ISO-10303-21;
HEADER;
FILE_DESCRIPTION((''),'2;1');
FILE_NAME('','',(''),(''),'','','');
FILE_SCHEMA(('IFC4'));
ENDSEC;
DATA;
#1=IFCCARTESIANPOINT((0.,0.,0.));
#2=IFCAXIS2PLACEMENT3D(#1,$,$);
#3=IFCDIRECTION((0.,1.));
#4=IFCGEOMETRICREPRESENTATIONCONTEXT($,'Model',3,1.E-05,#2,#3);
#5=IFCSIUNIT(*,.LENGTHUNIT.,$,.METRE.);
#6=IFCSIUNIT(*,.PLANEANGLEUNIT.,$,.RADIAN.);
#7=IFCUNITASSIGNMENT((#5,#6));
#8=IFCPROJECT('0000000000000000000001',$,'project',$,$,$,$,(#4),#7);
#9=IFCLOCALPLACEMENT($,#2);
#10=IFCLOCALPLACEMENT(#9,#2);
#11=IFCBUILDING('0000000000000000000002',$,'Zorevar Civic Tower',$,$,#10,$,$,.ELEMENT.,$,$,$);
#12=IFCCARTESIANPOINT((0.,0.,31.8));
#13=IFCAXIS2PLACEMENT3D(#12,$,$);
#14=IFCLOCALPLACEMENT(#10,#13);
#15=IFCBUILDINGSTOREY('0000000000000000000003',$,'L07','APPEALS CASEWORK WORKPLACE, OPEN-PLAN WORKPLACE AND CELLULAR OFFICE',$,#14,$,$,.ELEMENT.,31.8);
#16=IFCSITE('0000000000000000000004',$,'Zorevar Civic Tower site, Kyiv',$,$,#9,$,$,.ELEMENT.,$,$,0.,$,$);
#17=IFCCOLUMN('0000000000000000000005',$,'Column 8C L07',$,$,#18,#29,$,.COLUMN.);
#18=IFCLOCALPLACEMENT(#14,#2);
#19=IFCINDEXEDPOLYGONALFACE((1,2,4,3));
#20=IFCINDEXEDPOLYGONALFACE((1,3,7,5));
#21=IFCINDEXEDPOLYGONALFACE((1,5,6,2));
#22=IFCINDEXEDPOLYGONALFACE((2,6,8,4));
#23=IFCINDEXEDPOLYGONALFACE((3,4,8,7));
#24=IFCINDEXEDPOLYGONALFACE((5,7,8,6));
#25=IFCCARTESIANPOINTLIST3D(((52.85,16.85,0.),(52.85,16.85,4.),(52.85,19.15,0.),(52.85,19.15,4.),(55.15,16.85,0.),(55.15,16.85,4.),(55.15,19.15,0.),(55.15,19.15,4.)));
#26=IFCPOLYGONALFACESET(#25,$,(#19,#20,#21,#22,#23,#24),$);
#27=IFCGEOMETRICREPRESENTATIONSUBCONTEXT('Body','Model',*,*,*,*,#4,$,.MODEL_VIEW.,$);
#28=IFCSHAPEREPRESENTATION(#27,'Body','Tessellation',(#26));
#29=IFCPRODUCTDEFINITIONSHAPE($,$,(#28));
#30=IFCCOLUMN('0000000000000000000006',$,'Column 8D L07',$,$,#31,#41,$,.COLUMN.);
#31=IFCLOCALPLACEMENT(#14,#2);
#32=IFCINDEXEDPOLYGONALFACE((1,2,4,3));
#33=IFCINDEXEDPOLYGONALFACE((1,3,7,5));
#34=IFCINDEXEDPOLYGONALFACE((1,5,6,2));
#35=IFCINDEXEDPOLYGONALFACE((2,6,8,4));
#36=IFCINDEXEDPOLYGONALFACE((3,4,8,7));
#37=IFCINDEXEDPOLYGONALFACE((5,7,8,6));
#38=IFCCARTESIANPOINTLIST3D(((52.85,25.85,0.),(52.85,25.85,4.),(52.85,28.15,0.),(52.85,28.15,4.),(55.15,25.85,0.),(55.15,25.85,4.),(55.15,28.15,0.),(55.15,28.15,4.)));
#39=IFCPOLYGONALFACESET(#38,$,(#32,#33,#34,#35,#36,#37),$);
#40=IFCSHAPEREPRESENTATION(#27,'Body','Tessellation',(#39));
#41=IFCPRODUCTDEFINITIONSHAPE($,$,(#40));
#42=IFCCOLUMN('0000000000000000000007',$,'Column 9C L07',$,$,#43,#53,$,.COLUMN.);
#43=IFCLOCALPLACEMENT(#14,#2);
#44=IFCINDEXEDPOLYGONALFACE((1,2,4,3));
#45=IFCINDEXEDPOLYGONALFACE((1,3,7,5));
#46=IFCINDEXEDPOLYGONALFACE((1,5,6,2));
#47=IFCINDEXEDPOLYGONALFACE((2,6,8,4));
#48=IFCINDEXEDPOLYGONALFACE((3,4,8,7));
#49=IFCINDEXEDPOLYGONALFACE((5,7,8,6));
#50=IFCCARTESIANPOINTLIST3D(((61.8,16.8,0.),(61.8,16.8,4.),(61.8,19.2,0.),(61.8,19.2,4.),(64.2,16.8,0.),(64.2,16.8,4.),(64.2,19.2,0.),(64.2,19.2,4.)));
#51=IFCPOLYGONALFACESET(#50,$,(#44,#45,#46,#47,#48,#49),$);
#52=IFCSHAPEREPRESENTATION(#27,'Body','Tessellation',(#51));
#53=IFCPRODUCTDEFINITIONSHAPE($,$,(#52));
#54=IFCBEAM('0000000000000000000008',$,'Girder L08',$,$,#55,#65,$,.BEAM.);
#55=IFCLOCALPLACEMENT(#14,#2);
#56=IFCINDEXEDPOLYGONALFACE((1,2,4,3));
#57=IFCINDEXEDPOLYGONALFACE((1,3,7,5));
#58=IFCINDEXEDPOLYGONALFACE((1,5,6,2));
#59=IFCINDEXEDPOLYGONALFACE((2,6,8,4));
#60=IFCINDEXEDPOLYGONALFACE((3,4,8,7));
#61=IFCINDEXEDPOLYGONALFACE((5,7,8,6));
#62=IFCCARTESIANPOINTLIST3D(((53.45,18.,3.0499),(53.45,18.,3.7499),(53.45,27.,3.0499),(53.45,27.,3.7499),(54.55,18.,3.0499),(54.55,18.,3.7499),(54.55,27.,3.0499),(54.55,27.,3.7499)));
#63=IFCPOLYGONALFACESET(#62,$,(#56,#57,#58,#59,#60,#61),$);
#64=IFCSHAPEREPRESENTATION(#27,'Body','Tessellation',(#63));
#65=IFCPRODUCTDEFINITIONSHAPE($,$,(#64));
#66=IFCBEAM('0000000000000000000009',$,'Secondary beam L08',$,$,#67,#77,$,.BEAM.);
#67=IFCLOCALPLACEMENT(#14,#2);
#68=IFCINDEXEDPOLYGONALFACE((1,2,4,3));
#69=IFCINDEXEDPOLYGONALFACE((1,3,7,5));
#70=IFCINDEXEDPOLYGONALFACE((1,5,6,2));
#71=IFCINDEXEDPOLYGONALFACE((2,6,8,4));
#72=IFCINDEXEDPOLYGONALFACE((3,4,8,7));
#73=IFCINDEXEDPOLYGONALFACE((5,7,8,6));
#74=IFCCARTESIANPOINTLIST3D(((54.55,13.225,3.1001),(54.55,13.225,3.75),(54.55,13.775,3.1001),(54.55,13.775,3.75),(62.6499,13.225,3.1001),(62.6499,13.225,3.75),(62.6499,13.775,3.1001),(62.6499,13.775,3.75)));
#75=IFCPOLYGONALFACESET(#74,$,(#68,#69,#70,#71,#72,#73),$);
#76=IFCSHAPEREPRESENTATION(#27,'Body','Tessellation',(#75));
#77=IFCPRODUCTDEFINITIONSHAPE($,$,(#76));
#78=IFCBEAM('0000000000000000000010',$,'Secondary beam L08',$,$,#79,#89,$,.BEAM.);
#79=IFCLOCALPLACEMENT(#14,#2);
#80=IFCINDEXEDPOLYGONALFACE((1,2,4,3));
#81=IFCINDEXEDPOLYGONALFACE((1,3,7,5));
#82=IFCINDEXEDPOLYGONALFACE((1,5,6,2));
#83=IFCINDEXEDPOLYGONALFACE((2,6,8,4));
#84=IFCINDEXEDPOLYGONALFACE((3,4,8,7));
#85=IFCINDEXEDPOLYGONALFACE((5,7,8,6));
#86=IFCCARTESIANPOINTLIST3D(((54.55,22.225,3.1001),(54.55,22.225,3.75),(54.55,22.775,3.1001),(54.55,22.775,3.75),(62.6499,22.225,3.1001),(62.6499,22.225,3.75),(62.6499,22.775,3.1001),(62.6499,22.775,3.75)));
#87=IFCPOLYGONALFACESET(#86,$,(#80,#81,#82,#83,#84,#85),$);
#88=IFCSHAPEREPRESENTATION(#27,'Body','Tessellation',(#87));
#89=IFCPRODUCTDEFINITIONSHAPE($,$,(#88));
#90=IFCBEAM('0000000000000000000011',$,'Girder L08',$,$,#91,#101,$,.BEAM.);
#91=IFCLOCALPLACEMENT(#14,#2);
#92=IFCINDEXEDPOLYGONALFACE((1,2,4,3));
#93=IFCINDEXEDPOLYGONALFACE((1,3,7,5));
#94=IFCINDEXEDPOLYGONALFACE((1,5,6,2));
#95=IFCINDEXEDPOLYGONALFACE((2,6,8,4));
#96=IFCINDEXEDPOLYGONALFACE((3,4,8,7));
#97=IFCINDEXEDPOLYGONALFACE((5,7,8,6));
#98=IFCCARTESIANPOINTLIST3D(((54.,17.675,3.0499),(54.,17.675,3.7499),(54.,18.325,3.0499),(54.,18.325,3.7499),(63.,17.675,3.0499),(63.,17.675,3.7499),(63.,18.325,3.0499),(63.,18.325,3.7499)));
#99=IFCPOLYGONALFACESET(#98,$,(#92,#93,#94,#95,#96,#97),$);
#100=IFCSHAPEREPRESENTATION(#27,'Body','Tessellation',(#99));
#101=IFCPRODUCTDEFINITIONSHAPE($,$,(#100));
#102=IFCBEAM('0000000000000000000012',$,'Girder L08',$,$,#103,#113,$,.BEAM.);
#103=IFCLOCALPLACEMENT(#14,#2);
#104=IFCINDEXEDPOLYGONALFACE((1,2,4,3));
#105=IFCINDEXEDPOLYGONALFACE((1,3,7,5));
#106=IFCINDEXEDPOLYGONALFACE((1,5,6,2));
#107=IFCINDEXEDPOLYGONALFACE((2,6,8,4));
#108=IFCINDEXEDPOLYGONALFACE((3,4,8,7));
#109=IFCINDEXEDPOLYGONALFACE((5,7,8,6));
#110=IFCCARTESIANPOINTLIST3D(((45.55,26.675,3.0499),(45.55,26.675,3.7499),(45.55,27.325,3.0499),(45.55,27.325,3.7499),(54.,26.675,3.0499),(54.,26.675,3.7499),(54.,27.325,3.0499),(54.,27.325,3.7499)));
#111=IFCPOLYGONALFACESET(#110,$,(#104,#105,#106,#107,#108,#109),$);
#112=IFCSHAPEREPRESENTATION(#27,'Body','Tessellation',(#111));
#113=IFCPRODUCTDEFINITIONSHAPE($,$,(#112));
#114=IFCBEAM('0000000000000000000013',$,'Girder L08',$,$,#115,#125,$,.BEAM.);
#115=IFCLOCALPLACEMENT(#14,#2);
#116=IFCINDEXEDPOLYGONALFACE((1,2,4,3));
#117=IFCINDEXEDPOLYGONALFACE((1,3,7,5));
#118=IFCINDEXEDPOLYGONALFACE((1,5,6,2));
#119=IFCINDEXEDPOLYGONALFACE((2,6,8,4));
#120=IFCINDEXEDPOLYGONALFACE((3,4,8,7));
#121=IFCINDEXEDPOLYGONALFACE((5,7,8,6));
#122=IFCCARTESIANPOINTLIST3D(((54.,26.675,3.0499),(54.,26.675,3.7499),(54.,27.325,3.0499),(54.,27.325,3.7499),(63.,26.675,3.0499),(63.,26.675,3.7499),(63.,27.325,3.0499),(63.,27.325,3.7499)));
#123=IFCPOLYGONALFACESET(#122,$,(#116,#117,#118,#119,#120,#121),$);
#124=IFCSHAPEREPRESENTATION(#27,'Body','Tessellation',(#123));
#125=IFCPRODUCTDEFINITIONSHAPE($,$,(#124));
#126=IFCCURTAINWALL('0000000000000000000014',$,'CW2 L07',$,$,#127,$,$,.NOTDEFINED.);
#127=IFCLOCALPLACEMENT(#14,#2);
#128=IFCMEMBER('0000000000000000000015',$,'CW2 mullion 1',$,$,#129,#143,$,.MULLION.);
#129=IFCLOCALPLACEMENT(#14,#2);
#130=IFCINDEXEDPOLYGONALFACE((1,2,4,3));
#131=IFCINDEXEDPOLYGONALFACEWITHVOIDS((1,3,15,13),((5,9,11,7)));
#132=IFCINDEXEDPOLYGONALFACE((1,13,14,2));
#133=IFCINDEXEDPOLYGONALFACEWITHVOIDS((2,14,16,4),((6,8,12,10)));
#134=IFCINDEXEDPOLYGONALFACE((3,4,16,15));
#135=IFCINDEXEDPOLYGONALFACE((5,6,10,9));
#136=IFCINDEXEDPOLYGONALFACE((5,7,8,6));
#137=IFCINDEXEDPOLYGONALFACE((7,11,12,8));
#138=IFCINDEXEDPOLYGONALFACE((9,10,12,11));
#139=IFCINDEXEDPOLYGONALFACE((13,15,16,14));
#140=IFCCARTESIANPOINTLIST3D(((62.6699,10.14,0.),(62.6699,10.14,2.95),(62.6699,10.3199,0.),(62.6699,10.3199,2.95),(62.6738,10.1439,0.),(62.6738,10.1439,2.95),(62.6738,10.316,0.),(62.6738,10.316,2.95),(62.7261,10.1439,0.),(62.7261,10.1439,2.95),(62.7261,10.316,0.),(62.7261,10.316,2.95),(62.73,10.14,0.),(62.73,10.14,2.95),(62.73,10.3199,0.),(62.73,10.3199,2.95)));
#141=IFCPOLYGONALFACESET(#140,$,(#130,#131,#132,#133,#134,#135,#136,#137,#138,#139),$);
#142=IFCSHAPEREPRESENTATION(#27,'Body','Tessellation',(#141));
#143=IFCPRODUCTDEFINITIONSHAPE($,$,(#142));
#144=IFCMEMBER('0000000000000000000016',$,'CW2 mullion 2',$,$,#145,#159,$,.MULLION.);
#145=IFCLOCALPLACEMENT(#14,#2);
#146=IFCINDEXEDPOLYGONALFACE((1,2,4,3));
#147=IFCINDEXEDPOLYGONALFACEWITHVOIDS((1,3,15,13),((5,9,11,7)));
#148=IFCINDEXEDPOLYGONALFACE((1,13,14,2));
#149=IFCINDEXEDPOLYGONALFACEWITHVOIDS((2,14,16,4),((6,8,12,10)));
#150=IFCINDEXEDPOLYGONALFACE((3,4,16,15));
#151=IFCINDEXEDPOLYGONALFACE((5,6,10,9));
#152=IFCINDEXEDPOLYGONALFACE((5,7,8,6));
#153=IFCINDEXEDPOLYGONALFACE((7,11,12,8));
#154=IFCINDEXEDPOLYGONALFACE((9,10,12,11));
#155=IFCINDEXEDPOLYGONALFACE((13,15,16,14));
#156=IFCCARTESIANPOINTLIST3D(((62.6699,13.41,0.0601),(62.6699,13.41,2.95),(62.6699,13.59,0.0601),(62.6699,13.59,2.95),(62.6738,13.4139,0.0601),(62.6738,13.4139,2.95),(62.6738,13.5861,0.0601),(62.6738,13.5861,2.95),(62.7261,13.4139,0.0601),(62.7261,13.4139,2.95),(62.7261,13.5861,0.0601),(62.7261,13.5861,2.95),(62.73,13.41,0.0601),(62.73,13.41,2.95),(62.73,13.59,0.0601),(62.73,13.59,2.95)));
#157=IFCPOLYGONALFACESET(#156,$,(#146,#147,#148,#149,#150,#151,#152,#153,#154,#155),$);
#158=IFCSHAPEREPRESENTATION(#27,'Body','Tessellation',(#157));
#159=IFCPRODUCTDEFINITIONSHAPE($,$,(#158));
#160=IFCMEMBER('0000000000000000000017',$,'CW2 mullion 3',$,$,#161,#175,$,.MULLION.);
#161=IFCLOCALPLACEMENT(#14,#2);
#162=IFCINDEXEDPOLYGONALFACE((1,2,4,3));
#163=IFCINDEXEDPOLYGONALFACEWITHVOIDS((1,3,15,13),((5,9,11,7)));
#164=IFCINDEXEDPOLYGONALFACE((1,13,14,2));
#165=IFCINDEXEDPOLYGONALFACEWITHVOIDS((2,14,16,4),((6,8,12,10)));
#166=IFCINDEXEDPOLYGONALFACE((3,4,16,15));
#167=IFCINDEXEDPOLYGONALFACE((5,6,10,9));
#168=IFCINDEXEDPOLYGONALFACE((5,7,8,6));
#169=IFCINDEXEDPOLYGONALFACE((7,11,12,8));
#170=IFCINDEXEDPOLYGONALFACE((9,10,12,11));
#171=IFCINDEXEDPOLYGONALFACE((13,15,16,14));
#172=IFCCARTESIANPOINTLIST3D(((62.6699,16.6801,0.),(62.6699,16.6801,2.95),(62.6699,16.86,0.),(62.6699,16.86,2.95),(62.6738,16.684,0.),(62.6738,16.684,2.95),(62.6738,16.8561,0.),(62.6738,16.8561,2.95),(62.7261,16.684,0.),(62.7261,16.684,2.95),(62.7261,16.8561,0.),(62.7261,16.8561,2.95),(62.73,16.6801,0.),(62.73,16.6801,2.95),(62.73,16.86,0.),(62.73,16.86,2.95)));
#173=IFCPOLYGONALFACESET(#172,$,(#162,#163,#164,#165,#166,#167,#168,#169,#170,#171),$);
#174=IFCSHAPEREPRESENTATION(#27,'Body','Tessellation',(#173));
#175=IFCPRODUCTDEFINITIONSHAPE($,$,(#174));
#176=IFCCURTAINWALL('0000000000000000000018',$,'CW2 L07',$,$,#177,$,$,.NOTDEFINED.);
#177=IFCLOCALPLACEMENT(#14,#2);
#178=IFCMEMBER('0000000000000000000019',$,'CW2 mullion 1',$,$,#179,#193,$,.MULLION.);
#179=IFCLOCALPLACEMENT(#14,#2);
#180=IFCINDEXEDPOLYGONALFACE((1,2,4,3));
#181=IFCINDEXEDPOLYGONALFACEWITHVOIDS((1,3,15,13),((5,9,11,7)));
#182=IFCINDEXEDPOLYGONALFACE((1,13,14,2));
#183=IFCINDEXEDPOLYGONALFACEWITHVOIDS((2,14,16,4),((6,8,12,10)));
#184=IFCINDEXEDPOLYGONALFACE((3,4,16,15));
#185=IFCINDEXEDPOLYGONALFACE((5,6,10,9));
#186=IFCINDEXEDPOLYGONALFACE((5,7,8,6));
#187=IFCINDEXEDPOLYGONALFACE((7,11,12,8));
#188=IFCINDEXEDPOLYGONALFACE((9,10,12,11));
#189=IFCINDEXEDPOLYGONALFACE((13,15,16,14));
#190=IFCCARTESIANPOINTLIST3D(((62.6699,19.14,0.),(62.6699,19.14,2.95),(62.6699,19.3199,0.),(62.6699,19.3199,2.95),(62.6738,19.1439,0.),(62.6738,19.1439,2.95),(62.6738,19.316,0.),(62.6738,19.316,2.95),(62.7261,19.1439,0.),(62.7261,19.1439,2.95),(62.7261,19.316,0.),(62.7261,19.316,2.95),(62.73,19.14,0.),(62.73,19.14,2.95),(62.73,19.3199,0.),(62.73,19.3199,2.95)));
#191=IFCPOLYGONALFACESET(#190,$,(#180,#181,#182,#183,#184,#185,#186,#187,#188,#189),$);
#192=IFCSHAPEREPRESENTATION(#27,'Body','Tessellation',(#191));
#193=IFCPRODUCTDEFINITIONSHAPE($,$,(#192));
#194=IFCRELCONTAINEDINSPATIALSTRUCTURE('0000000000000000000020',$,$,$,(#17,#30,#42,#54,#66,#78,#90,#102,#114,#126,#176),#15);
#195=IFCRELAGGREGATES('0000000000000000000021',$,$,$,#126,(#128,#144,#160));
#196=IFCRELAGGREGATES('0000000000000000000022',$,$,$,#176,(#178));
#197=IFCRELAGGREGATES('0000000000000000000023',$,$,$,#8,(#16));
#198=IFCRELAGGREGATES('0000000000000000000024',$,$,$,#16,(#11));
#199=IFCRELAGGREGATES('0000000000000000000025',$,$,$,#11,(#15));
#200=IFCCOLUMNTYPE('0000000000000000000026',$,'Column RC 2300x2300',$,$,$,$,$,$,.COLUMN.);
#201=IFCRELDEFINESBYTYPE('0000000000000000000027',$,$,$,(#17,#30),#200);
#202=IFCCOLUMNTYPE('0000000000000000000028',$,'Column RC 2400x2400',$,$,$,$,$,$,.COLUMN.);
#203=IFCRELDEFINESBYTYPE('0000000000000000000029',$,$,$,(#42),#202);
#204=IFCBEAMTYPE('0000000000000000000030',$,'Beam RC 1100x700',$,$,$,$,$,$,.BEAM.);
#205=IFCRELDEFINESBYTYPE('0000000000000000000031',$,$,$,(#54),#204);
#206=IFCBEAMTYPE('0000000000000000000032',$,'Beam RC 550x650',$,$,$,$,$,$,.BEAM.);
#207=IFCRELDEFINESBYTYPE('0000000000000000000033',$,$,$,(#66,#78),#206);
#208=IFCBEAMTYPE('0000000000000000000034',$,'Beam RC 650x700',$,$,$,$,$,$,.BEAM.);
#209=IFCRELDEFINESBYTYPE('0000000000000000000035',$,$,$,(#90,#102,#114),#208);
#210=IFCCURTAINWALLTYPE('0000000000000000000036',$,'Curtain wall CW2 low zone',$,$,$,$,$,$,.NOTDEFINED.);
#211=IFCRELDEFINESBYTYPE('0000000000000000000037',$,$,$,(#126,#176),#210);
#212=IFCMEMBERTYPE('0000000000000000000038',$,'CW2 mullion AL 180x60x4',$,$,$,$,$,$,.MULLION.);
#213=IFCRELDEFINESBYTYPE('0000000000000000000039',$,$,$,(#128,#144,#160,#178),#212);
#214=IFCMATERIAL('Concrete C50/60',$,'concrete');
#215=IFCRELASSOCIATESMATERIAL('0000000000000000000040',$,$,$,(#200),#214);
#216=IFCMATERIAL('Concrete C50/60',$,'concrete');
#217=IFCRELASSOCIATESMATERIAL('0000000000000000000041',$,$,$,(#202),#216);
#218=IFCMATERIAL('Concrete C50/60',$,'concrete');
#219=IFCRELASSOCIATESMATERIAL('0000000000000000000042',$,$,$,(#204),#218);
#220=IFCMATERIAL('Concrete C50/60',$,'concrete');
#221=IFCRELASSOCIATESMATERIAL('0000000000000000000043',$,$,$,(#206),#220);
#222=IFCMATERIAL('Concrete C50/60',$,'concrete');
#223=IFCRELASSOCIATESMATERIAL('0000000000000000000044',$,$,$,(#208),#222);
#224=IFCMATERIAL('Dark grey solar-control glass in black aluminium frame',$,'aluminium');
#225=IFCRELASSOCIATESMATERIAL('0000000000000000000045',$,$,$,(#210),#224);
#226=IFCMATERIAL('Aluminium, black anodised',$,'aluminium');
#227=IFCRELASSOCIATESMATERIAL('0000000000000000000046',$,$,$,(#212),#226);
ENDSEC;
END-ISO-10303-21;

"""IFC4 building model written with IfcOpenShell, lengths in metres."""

from ifc_helpers import new_model, si_unit, direction, frame, origin, origin_2d, place, context, subcontext, project, spatial, rectangle, hollow_rectangle, extrude, material, material_profile, profile_set, type_object, element, aggregate, save


model = new_model("IFC4")

# Units and contexts
model_context = context("Model", 3, precision=1e-05, world=origin(), true_north=direction((0.0, 1.0)))
body_context = subcontext(model_context, "Body", "Model", "MODEL_VIEW")
ifc_project = project(units=[si_unit("LENGTHUNIT", "METRE"), si_unit("PLANEANGLEUNIT", "RADIAN")], contexts=[model_context])

# Site, building, storey
site_placement = place(None, origin())
site = spatial("IfcSite", under=ifc_project, at=site_placement, Name="Zorevar Civic Tower site, Kyiv", CompositionType="ELEMENT", RefElevation=0.0)
building_placement = place(site_placement, origin())
building = spatial("IfcBuilding", under=site, at=building_placement, Name="Zorevar Civic Tower", CompositionType="ELEMENT")
storey_placement = place(building_placement, frame((0.0, 0.0, 31.8)))
storey = spatial("IfcBuildingStorey", under=building, at=storey_placement, Name="L07", Description="APPEALS CASEWORK WORKPLACE, OPEN-PLAN WORKPLACE AND CELLULAR OFFICE", CompositionType="ELEMENT", Elevation=31.8)

# Columns
ifc_material_1 = material(Name="Concrete C50/60", Category="concrete")
ifc_material_profile_1 = material_profile(ifc_material_1, rectangle(XDim=2.3, YDim=2.3, at=origin_2d()), Name="RC 2300x2300")
ifc_profile_set_1 = profile_set([ifc_material_profile_1], Name="Concrete C50/60")
column_type_1 = type_object("IfcColumnType", Name="Column RC 2300x2300", PredefinedType="COLUMN", material=ifc_profile_set_1)
for number, where, z_axis, x_axis, name in (
    (1, (54.0, 18.0, 0.0), (0.0, 0.0, 1.0), (1.0, 0.0, 0.0), "Column 8C L07"),
    (2, (54.0, 27.0, 0.0), (0.0, 0.0, 1.0), (1.0, 0.0, 0.0), "Column 8D L07"),
):
    element("IfcColumn", number, at=place(storey_placement, frame(where, z_axis=z_axis, x_axis=x_axis)), inside=storey, type_object=column_type_1, Name=name, PredefinedType="COLUMN", context=body_context, shape_type="SweptSolid", body=[
        extrude(rectangle(XDim=2.3, YDim=2.3, at=origin_2d()), origin(), (0.0, 0.0, 1.0), 4.0),
    ])
ifc_material_2 = material(Name="Concrete C50/60", Category="concrete")
ifc_material_profile_2 = material_profile(ifc_material_2, rectangle(XDim=2.3999, YDim=2.3999, at=origin_2d()), Name="RC 2400x2400")
ifc_profile_set_2 = profile_set([ifc_material_profile_2], Name="Concrete C50/60")
column_type_2 = type_object("IfcColumnType", Name="Column RC 2400x2400", PredefinedType="COLUMN", material=ifc_profile_set_2)
column_placement = place(storey_placement, frame((63.0, 18.0, 0.0), z_axis=(0.0, 0.0, 1.0), x_axis=(1.0, 0.0, 0.0)))
element("IfcColumn", 3, at=column_placement, inside=storey, type_object=column_type_2, Name="Column 9C L07", PredefinedType="COLUMN", context=body_context, shape_type="SweptSolid", body=[
    extrude(rectangle(XDim=2.3999, YDim=2.3999, at=origin_2d()), origin(), (0.0, 0.0, 1.0), 4.0),
])

# Beams
ifc_material_3 = material(Name="Concrete C50/60", Category="concrete")
ifc_material_profile_3 = material_profile(ifc_material_3, rectangle(XDim=1.1001, YDim=0.7, at=origin_2d()), Name="RC 1100x700")
ifc_profile_set_3 = profile_set([ifc_material_profile_3], Name="Concrete C50/60")
beam_type_1 = type_object("IfcBeamType", Name="Beam RC 1100x700", PredefinedType="BEAM", material=ifc_profile_set_3)
beam_1_placement = place(storey_placement, frame((54.0, 18.0, 3.3999), z_axis=(0.0, 1.0, 0.0), x_axis=(-1.0, 0.0, 0.0)))
element("IfcBeam", 4, at=beam_1_placement, inside=storey, type_object=beam_type_1, Name="Girder L08", PredefinedType="BEAM", context=body_context, shape_type="SweptSolid", body=[
    extrude(rectangle(XDim=1.1001, YDim=0.7, at=origin_2d()), origin(), (0.0, 0.0, 1.0), 9.0),
])
ifc_material_4 = material(Name="Concrete C50/60", Category="concrete")
ifc_material_profile_4 = material_profile(ifc_material_4, rectangle(XDim=0.55, YDim=0.6499, at=origin_2d()), Name="RC 550x650")
ifc_profile_set_4 = profile_set([ifc_material_profile_4], Name="Concrete C50/60")
beam_type_2 = type_object("IfcBeamType", Name="Beam RC 550x650", PredefinedType="BEAM", material=ifc_profile_set_4)
for number, where, z_axis, x_axis, name in (
    (5, (54.55, 13.5, 3.425), (1.0, 0.0, 0.0), (0.0, 1.0, 0.0), "Secondary beam L08"),
    (6, (54.55, 22.5, 3.425), (1.0, 0.0, 0.0), (0.0, 1.0, 0.0), "Secondary beam L08"),
):
    element("IfcBeam", number, at=place(storey_placement, frame(where, z_axis=z_axis, x_axis=x_axis)), inside=storey, type_object=beam_type_2, Name=name, PredefinedType="BEAM", context=body_context, shape_type="SweptSolid", body=[
        extrude(rectangle(XDim=0.55, YDim=0.6499, at=origin_2d()), origin(), (0.0, 0.0, 1.0), 8.0999),
    ])
ifc_material_5 = material(Name="Concrete C50/60", Category="concrete")
ifc_material_profile_5 = material_profile(ifc_material_5, rectangle(XDim=0.6499, YDim=0.7, at=origin_2d()), Name="RC 650x700")
ifc_profile_set_5 = profile_set([ifc_material_profile_5], Name="Concrete C50/60")
beam_type_3 = type_object("IfcBeamType", Name="Beam RC 650x700", PredefinedType="BEAM", material=ifc_profile_set_5)
beam_2_placement = place(storey_placement, frame((54.0, 18.0, 3.3999), z_axis=(1.0, 0.0, 0.0), x_axis=(0.0, 1.0, 0.0)))
element("IfcBeam", 7, at=beam_2_placement, inside=storey, type_object=beam_type_3, Name="Girder L08", PredefinedType="BEAM", context=body_context, shape_type="SweptSolid", body=[
    extrude(rectangle(XDim=0.6499, YDim=0.7, at=origin_2d()), origin(), (0.0, 0.0, 1.0), 9.0),
])
beam_3_placement = place(storey_placement, frame((45.55, 27.0, 3.3999), z_axis=(1.0, 0.0, 0.0), x_axis=(0.0, 1.0, 0.0)))
element("IfcBeam", 8, at=beam_3_placement, inside=storey, type_object=beam_type_3, Name="Girder L08", PredefinedType="BEAM", context=body_context, shape_type="SweptSolid", body=[
    extrude(rectangle(XDim=0.6499, YDim=0.7, at=origin_2d()), origin(), (0.0, 0.0, 1.0), 8.45),
])
beam_4_placement = place(storey_placement, frame((54.0, 27.0, 3.3999), z_axis=(1.0, 0.0, 0.0), x_axis=(0.0, 1.0, 0.0)))
element("IfcBeam", 9, at=beam_4_placement, inside=storey, type_object=beam_type_3, Name="Girder L08", PredefinedType="BEAM", context=body_context, shape_type="SweptSolid", body=[
    extrude(rectangle(XDim=0.6499, YDim=0.7, at=origin_2d()), origin(), (0.0, 0.0, 1.0), 9.0),
])

# Curtain walls, members
ifc_material_6 = material(Name="Dark grey solar-control glass in black aluminium frame", Category="aluminium")
curtain_wall_type = type_object("IfcCurtainWallType", Name="Curtain wall CW2 low zone", PredefinedType="NOTDEFINED", material=ifc_material_6)
curtain_wall_1_placement = place(storey_placement, origin())
curtain_wall_1 = element("IfcCurtainWall", 10, at=curtain_wall_1_placement, inside=storey, type_object=curtain_wall_type, Name="CW2 L07", PredefinedType="NOTDEFINED")
ifc_material_7 = material(Name="Aluminium, black anodised", Category="aluminium")
ifc_material_profile_6 = material_profile(ifc_material_7, hollow_rectangle(XDim=0.0601, YDim=0.1799, WallThickness=0.0039, at=origin_2d()), Name="AL 180x60x4")
ifc_profile_set_6 = profile_set([ifc_material_profile_6], Name="Aluminium, black anodised")
member_type_1 = type_object("IfcMemberType", Name="CW2 mullion AL 180x60x4", PredefinedType="MULLION", material=ifc_profile_set_6)
member_1_placement = place(storey_placement, frame((62.7, 10.23, 0.0), z_axis=(0.0, 0.0, 1.0), x_axis=(-1.0, 0.0, 0.0)))
member_1 = element("IfcMember", 11, at=member_1_placement, type_object=member_type_1, Name="CW2 mullion 1", PredefinedType="MULLION", context=body_context, shape_type="SweptSolid", body=[
    extrude(hollow_rectangle(XDim=0.0601, YDim=0.1799, WallThickness=0.0039, at=origin_2d()), origin(), (0.0, 0.0, 1.0), 2.95),
])
member_2_placement = place(storey_placement, frame((62.7, 13.5, 0.0601), z_axis=(0.0, 0.0, 1.0), x_axis=(-1.0, 0.0, 0.0)))
member_2 = element("IfcMember", 12, at=member_2_placement, type_object=member_type_1, Name="CW2 mullion 2", PredefinedType="MULLION", context=body_context, shape_type="SweptSolid", body=[
    extrude(hollow_rectangle(XDim=0.0601, YDim=0.1799, WallThickness=0.0039, at=origin_2d()), origin(), (0.0, 0.0, 1.0), 2.8899),
])
member_3_placement = place(storey_placement, frame((62.7, 16.77, 0.0), z_axis=(0.0, 0.0, 1.0), x_axis=(-1.0, 0.0, 0.0)))
member_3 = element("IfcMember", 13, at=member_3_placement, type_object=member_type_1, Name="CW2 mullion 3", PredefinedType="MULLION", context=body_context, shape_type="SweptSolid", body=[
    extrude(hollow_rectangle(XDim=0.0601, YDim=0.1799, WallThickness=0.0039, at=origin_2d()), origin(), (0.0, 0.0, 1.0), 2.95),
])
curtain_wall_2_placement = place(storey_placement, origin())
curtain_wall_2 = element("IfcCurtainWall", 14, at=curtain_wall_2_placement, inside=storey, type_object=curtain_wall_type, Name="CW2 L07", PredefinedType="NOTDEFINED")
member_4_placement = place(storey_placement, frame((62.7, 19.23, 0.0), z_axis=(0.0, 0.0, 1.0), x_axis=(-1.0, 0.0, 0.0)))
member_4 = element("IfcMember", 15, at=member_4_placement, type_object=member_type_1, Name="CW2 mullion 1", PredefinedType="MULLION", context=body_context, shape_type="SweptSolid", body=[
    extrude(hollow_rectangle(XDim=0.0601, YDim=0.1799, WallThickness=0.0039, at=origin_2d()), origin(), (0.0, 0.0, 1.0), 2.95),
])

aggregate(curtain_wall_1, [member_1, member_2, member_3])
aggregate(curtain_wall_2, [member_4])

save(model, "model.ifc")
